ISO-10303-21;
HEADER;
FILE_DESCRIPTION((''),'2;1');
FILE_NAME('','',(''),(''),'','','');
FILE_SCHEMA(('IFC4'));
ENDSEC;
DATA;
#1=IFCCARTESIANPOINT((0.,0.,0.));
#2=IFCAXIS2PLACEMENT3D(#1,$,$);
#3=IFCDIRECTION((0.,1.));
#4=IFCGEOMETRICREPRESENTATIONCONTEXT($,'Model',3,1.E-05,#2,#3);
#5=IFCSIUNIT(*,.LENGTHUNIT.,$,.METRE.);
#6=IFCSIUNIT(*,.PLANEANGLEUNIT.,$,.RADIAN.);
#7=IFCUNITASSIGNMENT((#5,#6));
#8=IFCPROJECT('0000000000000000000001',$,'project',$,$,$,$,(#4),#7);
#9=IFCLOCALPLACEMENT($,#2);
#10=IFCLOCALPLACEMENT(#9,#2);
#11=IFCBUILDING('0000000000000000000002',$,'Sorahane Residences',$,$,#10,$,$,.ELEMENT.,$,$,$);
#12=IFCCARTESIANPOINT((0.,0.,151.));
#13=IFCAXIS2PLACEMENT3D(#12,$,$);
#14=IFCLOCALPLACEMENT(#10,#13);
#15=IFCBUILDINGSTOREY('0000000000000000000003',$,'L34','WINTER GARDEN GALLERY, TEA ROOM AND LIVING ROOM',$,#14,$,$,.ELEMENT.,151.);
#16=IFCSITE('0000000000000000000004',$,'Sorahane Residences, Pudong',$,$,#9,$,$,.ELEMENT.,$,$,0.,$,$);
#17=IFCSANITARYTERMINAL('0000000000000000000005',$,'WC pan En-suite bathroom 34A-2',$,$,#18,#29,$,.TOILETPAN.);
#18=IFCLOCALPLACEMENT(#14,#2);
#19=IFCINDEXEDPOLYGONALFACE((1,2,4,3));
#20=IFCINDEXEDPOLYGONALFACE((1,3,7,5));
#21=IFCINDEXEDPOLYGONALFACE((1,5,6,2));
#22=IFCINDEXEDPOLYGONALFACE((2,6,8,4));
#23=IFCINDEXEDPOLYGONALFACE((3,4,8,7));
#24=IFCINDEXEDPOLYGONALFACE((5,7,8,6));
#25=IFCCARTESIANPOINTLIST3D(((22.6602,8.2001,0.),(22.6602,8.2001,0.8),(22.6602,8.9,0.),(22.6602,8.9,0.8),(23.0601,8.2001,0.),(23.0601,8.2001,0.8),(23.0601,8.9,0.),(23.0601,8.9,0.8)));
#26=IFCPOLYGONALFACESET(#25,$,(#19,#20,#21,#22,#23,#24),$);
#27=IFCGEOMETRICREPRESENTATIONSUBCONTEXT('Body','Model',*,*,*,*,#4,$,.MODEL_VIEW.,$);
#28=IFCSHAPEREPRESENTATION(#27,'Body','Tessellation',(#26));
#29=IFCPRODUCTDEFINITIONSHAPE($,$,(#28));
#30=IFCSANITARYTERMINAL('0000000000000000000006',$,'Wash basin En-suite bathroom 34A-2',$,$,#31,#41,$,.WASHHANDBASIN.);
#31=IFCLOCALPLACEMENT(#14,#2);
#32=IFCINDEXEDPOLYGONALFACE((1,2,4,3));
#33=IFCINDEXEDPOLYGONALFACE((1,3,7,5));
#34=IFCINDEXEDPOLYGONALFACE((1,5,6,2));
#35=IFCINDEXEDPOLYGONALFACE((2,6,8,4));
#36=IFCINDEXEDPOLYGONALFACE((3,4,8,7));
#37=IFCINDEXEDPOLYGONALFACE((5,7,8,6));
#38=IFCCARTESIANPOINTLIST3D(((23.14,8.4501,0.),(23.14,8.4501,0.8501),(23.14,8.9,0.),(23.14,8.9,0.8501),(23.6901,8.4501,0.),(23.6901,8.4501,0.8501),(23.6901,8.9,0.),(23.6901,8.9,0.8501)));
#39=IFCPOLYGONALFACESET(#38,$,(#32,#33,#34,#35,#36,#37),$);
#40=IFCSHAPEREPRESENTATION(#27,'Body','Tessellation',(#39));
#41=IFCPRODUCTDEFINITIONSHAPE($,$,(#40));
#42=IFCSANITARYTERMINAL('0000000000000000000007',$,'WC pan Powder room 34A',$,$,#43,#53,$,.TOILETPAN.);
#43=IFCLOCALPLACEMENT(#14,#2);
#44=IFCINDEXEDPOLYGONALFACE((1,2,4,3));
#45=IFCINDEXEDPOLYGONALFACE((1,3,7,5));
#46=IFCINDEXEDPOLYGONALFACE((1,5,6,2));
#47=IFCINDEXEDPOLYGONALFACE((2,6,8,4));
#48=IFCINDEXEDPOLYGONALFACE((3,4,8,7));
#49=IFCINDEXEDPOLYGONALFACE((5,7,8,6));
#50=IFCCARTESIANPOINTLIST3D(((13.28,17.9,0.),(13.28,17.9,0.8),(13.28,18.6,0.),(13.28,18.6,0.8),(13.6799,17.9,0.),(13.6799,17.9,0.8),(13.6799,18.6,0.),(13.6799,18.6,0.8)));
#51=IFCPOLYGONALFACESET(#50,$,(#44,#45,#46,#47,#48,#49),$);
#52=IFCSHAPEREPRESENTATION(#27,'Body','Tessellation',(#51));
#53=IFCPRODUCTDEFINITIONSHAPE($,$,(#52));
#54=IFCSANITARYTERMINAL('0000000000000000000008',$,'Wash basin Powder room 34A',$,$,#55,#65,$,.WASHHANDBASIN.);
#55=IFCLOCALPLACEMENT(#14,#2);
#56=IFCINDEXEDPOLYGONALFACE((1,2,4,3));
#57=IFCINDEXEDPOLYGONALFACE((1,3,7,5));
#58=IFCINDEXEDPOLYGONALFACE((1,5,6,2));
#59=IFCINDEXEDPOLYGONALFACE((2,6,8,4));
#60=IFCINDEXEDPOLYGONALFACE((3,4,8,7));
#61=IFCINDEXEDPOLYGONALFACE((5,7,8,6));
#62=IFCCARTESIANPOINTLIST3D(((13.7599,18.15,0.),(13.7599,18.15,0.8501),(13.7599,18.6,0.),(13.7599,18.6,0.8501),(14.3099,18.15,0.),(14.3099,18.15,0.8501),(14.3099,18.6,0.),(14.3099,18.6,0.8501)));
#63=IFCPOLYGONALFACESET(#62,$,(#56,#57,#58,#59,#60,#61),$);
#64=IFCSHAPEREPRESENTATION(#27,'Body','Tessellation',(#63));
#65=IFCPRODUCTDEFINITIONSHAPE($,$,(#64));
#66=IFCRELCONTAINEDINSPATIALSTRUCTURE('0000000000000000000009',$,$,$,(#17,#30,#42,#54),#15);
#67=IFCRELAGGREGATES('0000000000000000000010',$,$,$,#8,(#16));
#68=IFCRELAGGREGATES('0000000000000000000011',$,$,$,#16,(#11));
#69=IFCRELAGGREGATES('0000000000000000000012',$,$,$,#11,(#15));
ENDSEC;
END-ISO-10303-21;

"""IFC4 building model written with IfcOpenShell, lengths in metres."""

from ifc_helpers import new_model, si_unit, direction, frame, origin, origin_2d, place, context, subcontext, project, spatial, rectangle, extrude, element, save


model = new_model("IFC4")

# Units and contexts
model_context = context("Model", 3, precision=1e-05, world=origin(), true_north=direction((0.0, 1.0)))
body_context = subcontext(model_context, "Body", "Model", "MODEL_VIEW")
ifc_project = project(units=[si_unit("LENGTHUNIT", "METRE"), si_unit("PLANEANGLEUNIT", "RADIAN")], contexts=[model_context])

# Site, building, storey
site_placement = place(None, origin())
site = spatial("IfcSite", under=ifc_project, at=site_placement, Name="Sorahane Residences, Pudong", CompositionType="ELEMENT", RefElevation=0.0)
building_placement = place(site_placement, origin())
building = spatial("IfcBuilding", under=site, at=building_placement, Name="Sorahane Residences", CompositionType="ELEMENT")
storey_placement = place(building_placement, frame((0.0, 0.0, 151.0)))
storey = spatial("IfcBuildingStorey", under=building, at=storey_placement, Name="L34", Description="WINTER GARDEN GALLERY, TEA ROOM AND LIVING ROOM", CompositionType="ELEMENT", Elevation=151.0)

# Sanitary terminals
sanitary_terminal_1_placement = place(storey_placement, frame((22.8601, 8.55, 0.0), z_axis=(0.0, 0.0, 1.0), x_axis=(1.0, 0.0, 0.0)))
element("IfcSanitaryTerminal", 1, at=sanitary_terminal_1_placement, inside=storey, Name="WC pan En-suite bathroom 34A-2", PredefinedType="TOILETPAN", context=body_context, shape_type="SweptSolid", body=[
    extrude(rectangle(XDim=0.3999, YDim=0.7, at=origin_2d()), origin(), (0.0, 0.0, 1.0), 0.8),
])
sanitary_terminal_2_placement = place(storey_placement, frame((23.415, 8.675, 0.0), z_axis=(0.0, 0.0, 1.0), x_axis=(1.0, 0.0, 0.0)))
element("IfcSanitaryTerminal", 2, at=sanitary_terminal_2_placement, inside=storey, Name="Wash basin En-suite bathroom 34A-2", PredefinedType="WASHHANDBASIN", context=body_context, shape_type="SweptSolid", body=[
    extrude(rectangle(XDim=0.55, YDim=0.45, at=origin_2d()), origin(), (0.0, 0.0, 1.0), 0.8501),
])
sanitary_terminal_3_placement = place(storey_placement, frame((13.48, 18.25, 0.0), z_axis=(0.0, 0.0, 1.0), x_axis=(1.0, 0.0, 0.0)))
element("IfcSanitaryTerminal", 3, at=sanitary_terminal_3_placement, inside=storey, Name="WC pan Powder room 34A", PredefinedType="TOILETPAN", context=body_context, shape_type="SweptSolid", body=[
    extrude(rectangle(XDim=0.3999, YDim=0.7, at=origin_2d()), origin(), (0.0, 0.0, 1.0), 0.8),
])
sanitary_terminal_4_placement = place(storey_placement, frame((14.0349, 18.375, 0.0), z_axis=(0.0, 0.0, 1.0), x_axis=(1.0, 0.0, 0.0)))
element("IfcSanitaryTerminal", 4, at=sanitary_terminal_4_placement, inside=storey, Name="Wash basin Powder room 34A", PredefinedType="WASHHANDBASIN", context=body_context, shape_type="SweptSolid", body=[
    extrude(rectangle(XDim=0.55, YDim=0.45, at=origin_2d()), origin(), (0.0, 0.0, 1.0), 0.8501),
])

save(model, "model.ifc")
